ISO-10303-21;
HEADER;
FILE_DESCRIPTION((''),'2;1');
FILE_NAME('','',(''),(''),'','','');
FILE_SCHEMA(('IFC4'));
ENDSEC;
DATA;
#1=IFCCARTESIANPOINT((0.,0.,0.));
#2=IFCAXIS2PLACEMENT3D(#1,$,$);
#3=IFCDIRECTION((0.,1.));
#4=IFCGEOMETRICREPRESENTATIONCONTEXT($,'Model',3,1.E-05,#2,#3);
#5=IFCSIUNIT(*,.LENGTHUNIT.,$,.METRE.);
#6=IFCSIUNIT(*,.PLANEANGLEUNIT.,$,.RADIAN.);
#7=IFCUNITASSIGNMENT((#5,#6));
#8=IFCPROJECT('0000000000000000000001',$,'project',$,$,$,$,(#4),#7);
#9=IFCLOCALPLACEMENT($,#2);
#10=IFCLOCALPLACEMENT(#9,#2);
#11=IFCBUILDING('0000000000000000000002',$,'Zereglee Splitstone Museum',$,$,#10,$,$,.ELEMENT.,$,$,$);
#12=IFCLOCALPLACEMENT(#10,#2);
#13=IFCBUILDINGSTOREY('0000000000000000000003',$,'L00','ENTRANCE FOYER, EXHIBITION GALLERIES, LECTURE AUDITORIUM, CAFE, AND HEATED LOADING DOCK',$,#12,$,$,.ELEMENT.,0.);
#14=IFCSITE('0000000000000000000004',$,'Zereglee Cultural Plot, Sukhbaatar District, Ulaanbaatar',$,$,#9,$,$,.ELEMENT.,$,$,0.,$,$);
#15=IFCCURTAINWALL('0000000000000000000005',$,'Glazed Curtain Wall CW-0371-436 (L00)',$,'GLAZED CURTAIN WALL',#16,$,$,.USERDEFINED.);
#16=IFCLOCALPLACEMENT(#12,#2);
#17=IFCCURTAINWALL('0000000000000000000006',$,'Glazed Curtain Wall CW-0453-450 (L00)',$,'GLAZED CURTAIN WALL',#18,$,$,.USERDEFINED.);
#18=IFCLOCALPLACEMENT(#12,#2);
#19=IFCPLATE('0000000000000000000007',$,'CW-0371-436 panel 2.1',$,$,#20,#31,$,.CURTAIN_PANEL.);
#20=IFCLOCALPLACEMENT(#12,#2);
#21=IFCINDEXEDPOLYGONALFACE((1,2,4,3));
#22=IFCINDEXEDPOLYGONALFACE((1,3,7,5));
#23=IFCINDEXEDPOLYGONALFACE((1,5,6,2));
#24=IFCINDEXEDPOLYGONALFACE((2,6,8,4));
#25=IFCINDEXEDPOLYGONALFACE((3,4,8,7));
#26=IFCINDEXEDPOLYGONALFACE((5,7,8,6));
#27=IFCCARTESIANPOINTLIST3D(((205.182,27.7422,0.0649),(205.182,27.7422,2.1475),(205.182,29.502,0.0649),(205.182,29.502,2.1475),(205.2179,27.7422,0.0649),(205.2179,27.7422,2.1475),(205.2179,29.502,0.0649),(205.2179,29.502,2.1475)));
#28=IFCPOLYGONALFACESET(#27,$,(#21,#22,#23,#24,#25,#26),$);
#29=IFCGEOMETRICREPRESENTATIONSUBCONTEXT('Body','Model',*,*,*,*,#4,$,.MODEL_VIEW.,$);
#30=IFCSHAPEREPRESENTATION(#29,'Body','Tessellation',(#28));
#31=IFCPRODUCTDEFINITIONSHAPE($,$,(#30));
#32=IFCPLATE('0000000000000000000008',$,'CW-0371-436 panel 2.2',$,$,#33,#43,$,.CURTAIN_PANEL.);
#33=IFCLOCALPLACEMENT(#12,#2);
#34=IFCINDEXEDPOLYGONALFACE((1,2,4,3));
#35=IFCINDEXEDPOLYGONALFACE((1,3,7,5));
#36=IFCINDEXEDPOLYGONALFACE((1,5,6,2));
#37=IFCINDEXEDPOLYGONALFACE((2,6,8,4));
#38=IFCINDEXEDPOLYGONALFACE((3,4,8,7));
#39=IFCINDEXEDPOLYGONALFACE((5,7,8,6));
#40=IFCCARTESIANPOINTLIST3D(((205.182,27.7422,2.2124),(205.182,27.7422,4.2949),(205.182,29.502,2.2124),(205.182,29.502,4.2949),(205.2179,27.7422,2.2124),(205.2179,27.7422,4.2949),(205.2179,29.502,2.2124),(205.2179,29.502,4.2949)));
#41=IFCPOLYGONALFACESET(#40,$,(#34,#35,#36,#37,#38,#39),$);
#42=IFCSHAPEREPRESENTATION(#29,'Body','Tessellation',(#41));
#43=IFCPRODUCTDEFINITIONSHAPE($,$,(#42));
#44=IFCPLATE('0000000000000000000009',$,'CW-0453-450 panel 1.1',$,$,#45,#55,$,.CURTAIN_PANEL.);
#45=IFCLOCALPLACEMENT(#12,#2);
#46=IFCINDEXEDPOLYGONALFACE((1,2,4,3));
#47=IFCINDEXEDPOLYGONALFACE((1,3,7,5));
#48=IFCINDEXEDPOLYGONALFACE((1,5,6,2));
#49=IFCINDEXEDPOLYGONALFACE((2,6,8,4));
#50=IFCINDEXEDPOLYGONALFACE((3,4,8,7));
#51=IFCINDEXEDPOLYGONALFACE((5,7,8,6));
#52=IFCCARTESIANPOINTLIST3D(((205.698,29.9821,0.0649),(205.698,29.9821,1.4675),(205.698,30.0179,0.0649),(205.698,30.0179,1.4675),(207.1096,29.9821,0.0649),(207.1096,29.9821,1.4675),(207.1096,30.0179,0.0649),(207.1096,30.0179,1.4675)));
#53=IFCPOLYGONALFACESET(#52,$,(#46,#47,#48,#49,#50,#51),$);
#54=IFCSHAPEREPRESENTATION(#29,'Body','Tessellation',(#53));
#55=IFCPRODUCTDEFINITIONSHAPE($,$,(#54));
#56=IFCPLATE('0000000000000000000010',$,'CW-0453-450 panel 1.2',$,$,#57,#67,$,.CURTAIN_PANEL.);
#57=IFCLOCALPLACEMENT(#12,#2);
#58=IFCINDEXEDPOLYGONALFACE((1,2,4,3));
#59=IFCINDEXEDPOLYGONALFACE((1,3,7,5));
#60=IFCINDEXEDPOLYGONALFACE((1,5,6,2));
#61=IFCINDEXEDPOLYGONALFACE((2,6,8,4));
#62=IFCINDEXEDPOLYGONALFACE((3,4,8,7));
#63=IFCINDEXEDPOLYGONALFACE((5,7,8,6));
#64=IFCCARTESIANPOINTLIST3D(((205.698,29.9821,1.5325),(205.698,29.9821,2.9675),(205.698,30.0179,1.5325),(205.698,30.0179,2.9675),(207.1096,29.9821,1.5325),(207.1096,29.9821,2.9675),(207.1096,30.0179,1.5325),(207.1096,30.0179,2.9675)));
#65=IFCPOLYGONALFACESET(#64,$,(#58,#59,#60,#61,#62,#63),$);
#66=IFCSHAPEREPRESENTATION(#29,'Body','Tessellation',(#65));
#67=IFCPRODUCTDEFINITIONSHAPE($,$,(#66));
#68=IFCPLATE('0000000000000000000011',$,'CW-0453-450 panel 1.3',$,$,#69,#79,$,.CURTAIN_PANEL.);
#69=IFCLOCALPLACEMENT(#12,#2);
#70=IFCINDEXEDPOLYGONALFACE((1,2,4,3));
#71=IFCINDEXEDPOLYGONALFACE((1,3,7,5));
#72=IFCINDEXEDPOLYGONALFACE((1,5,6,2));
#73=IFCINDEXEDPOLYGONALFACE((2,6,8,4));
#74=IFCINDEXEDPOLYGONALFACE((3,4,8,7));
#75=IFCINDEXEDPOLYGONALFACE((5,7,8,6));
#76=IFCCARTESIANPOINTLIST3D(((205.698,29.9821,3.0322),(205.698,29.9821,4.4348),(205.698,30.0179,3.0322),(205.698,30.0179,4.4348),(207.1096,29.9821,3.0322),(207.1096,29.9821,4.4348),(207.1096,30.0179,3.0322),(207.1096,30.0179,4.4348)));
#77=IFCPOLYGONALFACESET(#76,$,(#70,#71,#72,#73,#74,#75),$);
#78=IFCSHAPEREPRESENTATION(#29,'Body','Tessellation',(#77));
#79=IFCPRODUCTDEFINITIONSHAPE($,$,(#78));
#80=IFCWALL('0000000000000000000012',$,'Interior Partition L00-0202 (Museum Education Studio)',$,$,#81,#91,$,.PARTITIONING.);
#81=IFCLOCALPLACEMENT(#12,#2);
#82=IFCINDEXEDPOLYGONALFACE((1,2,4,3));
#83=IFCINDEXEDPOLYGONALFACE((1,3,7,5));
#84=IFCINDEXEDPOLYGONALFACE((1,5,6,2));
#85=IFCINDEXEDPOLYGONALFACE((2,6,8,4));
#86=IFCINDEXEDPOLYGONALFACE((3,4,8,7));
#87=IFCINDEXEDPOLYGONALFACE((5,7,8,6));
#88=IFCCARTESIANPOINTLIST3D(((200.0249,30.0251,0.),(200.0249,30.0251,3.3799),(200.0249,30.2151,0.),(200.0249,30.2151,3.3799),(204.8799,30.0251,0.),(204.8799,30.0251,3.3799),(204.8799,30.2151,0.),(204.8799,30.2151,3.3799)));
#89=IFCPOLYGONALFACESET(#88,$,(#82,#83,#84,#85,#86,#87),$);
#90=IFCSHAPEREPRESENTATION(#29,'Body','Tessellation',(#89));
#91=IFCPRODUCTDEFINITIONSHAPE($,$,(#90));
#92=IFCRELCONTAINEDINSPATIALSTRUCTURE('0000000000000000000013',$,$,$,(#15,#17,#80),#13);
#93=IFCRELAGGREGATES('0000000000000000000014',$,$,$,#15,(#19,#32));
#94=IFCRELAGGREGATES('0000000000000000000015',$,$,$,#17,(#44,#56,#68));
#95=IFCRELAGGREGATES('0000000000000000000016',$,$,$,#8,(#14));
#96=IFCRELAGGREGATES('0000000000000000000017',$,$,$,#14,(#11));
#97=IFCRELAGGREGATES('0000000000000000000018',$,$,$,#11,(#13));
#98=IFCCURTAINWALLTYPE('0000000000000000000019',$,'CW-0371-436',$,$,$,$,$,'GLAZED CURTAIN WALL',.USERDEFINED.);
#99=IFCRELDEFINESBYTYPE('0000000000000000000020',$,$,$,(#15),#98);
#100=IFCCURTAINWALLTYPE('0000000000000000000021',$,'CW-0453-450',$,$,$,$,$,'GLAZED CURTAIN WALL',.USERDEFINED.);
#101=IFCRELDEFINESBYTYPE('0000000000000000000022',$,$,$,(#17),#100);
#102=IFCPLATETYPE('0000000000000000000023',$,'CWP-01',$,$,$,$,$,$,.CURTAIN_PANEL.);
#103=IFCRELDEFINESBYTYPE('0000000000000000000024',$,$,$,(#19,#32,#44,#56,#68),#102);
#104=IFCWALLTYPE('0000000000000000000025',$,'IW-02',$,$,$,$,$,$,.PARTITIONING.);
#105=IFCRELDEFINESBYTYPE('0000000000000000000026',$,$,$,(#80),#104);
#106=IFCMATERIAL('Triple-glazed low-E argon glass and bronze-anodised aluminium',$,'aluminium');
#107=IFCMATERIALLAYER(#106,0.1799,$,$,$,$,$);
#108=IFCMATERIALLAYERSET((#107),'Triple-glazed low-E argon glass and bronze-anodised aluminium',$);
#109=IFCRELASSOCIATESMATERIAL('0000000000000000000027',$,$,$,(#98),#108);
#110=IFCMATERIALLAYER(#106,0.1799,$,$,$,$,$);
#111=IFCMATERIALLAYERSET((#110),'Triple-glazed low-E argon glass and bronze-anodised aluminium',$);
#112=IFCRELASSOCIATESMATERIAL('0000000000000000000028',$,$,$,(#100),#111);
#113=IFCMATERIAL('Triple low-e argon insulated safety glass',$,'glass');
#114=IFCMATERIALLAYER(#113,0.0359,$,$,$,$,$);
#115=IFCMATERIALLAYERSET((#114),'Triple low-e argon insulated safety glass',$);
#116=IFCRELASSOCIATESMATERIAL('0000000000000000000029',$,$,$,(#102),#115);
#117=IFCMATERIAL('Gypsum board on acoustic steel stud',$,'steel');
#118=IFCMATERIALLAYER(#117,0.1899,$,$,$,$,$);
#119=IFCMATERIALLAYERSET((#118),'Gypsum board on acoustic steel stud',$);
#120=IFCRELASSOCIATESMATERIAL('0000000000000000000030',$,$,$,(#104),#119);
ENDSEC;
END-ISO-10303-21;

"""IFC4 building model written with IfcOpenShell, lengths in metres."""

from ifc_helpers import new_model, si_unit, direction, frame, frame_2d, origin, origin_2d, place, context, subcontext, project, spatial, rectangle, extrude, material, layer, layer_set, type_object, element, aggregate, save


model = new_model("IFC4")

# Units and contexts
model_context = context("Model", 3, precision=1e-05, world=origin(), true_north=direction((0.0, 1.0)))
body_context = subcontext(model_context, "Body", "Model", "MODEL_VIEW")
ifc_project = project(units=[si_unit("LENGTHUNIT", "METRE"), si_unit("PLANEANGLEUNIT", "RADIAN")], contexts=[model_context])

# Site, building, storey
site_placement = place(None, origin())
site = spatial("IfcSite", under=ifc_project, at=site_placement, Name="Zereglee Cultural Plot, Sukhbaatar District, Ulaanbaatar", CompositionType="ELEMENT", RefElevation=0.0)
building_placement = place(site_placement, origin())
building = spatial("IfcBuilding", under=site, at=building_placement, Name="Zereglee Splitstone Museum", CompositionType="ELEMENT")
storey_placement = place(building_placement, origin())
storey = spatial("IfcBuildingStorey", under=building, at=storey_placement, Name="L00", Description="ENTRANCE FOYER, EXHIBITION GALLERIES, LECTURE AUDITORIUM, CAFE, AND HEATED LOADING DOCK", CompositionType="ELEMENT", Elevation=0.0)

# Curtain wall
ifc_material_1 = material(Name="Triple-glazed low-E argon glass and bronze-anodised aluminium", Category="aluminium")
ifc_layer_1 = layer(ifc_material_1, 0.1799)
ifc_layer_set_1 = layer_set([ifc_layer_1], Name="Triple-glazed low-E argon glass and bronze-anodised aluminium")
curtain_wall_type_1 = type_object("IfcCurtainWallType", Name="CW-0371-436", ElementType="GLAZED CURTAIN WALL", PredefinedType="USERDEFINED", material=ifc_layer_set_1)
curtain_wall_1_placement = place(storey_placement, origin())
curtain_wall_1 = element("IfcCurtainWall", 1, at=curtain_wall_1_placement, inside=storey, type_object=curtain_wall_type_1, Name="Glazed Curtain Wall CW-0371-436 (L00)", ObjectType="GLAZED CURTAIN WALL", PredefinedType="USERDEFINED")

# Curtain wall
ifc_layer_2 = layer(ifc_material_1, 0.1799)
ifc_layer_set_2 = layer_set([ifc_layer_2], Name="Triple-glazed low-E argon glass and bronze-anodised aluminium")
curtain_wall_type_2 = type_object("IfcCurtainWallType", Name="CW-0453-450", ElementType="GLAZED CURTAIN WALL", PredefinedType="USERDEFINED", material=ifc_layer_set_2)
curtain_wall_2_placement = place(storey_placement, origin())
curtain_wall_2 = element("IfcCurtainWall", 2, at=curtain_wall_2_placement, inside=storey, type_object=curtain_wall_type_2, Name="Glazed Curtain Wall CW-0453-450 (L00)", ObjectType="GLAZED CURTAIN WALL", PredefinedType="USERDEFINED")

# Plates
ifc_material_2 = material(Name="Triple low-e argon insulated safety glass", Category="glass")
ifc_layer_3 = layer(ifc_material_2, 0.0359)
ifc_layer_set_3 = layer_set([ifc_layer_3], Name="Triple low-e argon insulated safety glass")
plate_type = type_object("IfcPlateType", Name="CWP-01", PredefinedType="CURTAIN_PANEL", material=ifc_layer_set_3)
plate_1_placement = place(storey_placement, frame((205.2, 28.6221, 0.0649), z_axis=(0.0, 0.0, 1.0), x_axis=(0.0, 1.0, 0.0)))
plate_1 = element("IfcPlate", 3, at=plate_1_placement, type_object=plate_type, Name="CW-0371-436 panel 2.1", PredefinedType="CURTAIN_PANEL", context=body_context, shape_type="SweptSolid", body=[
    extrude(rectangle(XDim=1.7598, YDim=0.0359, at=origin_2d()), origin(), (0.0, 0.0, 1.0), 2.0825),
])
plate_2_placement = place(storey_placement, frame((205.2, 28.6221, 2.2124), z_axis=(0.0, 0.0, 1.0), x_axis=(0.0, 1.0, 0.0)))
plate_2 = element("IfcPlate", 4, at=plate_2_placement, type_object=plate_type, Name="CW-0371-436 panel 2.2", PredefinedType="CURTAIN_PANEL", context=body_context, shape_type="SweptSolid", body=[
    extrude(rectangle(XDim=1.7598, YDim=0.0359, at=origin_2d()), origin(), (0.0, 0.0, 1.0), 2.0825),
])
aggregate(curtain_wall_1, [plate_1, plate_2])
plate_3_placement = place(storey_placement, frame((206.4038, 30.0, 0.0649), z_axis=(0.0, 0.0, 1.0), x_axis=(1.0, 0.0, 0.0)))
plate_3 = element("IfcPlate", 5, at=plate_3_placement, type_object=plate_type, Name="CW-0453-450 panel 1.1", PredefinedType="CURTAIN_PANEL", context=body_context, shape_type="SweptSolid", body=[
    extrude(rectangle(XDim=1.4116, YDim=0.0359, at=origin_2d()), origin(), (0.0, 0.0, 1.0), 1.4026),
])
plate_4_placement = place(storey_placement, frame((206.4038, 30.0, 1.5325), z_axis=(0.0, 0.0, 1.0), x_axis=(1.0, 0.0, 0.0)))
plate_4 = element("IfcPlate", 6, at=plate_4_placement, type_object=plate_type, Name="CW-0453-450 panel 1.2", PredefinedType="CURTAIN_PANEL", context=body_context, shape_type="SweptSolid", body=[
    extrude(rectangle(XDim=1.4116, YDim=0.0359, at=origin_2d()), origin(), (0.0, 0.0, 1.0), 1.4351),
])
plate_5_placement = place(storey_placement, frame((206.4038, 30.0, 3.0322), z_axis=(0.0, 0.0, 1.0), x_axis=(1.0, 0.0, 0.0)))
plate_5 = element("IfcPlate", 7, at=plate_5_placement, type_object=plate_type, Name="CW-0453-450 panel 1.3", PredefinedType="CURTAIN_PANEL", context=body_context, shape_type="SweptSolid", body=[
    extrude(rectangle(XDim=1.4116, YDim=0.0359, at=origin_2d()), origin(), (0.0, 0.0, 1.0), 1.4026),
])
aggregate(curtain_wall_2, [plate_3, plate_4, plate_5])

# Wall
ifc_material_3 = material(Name="Gypsum board on acoustic steel stud", Category="steel")
ifc_layer_4 = layer(ifc_material_3, 0.1899)
ifc_layer_set_4 = layer_set([ifc_layer_4], Name="Gypsum board on acoustic steel stud")
wall_type = type_object("IfcWallType", Name="IW-02", PredefinedType="PARTITIONING", material=ifc_layer_set_4)
wall_placement = place(storey_placement, frame((200.0249, 30.1201, 0.0), z_axis=(0.0, 0.0, 1.0), x_axis=(1.0, 0.0, 0.0)))
element("IfcWall", 8, at=wall_placement, inside=storey, type_object=wall_type, Name="Interior Partition L00-0202 (Museum Education Studio)", PredefinedType="PARTITIONING", context=body_context, shape_type="SweptSolid", body=[
    extrude(rectangle(XDim=4.855, YDim=0.1899, at=frame_2d((2.4275, 0.0))), origin(), (0.0, 0.0, 1.0), 3.3799),
])

save(model, "model.ifc")
